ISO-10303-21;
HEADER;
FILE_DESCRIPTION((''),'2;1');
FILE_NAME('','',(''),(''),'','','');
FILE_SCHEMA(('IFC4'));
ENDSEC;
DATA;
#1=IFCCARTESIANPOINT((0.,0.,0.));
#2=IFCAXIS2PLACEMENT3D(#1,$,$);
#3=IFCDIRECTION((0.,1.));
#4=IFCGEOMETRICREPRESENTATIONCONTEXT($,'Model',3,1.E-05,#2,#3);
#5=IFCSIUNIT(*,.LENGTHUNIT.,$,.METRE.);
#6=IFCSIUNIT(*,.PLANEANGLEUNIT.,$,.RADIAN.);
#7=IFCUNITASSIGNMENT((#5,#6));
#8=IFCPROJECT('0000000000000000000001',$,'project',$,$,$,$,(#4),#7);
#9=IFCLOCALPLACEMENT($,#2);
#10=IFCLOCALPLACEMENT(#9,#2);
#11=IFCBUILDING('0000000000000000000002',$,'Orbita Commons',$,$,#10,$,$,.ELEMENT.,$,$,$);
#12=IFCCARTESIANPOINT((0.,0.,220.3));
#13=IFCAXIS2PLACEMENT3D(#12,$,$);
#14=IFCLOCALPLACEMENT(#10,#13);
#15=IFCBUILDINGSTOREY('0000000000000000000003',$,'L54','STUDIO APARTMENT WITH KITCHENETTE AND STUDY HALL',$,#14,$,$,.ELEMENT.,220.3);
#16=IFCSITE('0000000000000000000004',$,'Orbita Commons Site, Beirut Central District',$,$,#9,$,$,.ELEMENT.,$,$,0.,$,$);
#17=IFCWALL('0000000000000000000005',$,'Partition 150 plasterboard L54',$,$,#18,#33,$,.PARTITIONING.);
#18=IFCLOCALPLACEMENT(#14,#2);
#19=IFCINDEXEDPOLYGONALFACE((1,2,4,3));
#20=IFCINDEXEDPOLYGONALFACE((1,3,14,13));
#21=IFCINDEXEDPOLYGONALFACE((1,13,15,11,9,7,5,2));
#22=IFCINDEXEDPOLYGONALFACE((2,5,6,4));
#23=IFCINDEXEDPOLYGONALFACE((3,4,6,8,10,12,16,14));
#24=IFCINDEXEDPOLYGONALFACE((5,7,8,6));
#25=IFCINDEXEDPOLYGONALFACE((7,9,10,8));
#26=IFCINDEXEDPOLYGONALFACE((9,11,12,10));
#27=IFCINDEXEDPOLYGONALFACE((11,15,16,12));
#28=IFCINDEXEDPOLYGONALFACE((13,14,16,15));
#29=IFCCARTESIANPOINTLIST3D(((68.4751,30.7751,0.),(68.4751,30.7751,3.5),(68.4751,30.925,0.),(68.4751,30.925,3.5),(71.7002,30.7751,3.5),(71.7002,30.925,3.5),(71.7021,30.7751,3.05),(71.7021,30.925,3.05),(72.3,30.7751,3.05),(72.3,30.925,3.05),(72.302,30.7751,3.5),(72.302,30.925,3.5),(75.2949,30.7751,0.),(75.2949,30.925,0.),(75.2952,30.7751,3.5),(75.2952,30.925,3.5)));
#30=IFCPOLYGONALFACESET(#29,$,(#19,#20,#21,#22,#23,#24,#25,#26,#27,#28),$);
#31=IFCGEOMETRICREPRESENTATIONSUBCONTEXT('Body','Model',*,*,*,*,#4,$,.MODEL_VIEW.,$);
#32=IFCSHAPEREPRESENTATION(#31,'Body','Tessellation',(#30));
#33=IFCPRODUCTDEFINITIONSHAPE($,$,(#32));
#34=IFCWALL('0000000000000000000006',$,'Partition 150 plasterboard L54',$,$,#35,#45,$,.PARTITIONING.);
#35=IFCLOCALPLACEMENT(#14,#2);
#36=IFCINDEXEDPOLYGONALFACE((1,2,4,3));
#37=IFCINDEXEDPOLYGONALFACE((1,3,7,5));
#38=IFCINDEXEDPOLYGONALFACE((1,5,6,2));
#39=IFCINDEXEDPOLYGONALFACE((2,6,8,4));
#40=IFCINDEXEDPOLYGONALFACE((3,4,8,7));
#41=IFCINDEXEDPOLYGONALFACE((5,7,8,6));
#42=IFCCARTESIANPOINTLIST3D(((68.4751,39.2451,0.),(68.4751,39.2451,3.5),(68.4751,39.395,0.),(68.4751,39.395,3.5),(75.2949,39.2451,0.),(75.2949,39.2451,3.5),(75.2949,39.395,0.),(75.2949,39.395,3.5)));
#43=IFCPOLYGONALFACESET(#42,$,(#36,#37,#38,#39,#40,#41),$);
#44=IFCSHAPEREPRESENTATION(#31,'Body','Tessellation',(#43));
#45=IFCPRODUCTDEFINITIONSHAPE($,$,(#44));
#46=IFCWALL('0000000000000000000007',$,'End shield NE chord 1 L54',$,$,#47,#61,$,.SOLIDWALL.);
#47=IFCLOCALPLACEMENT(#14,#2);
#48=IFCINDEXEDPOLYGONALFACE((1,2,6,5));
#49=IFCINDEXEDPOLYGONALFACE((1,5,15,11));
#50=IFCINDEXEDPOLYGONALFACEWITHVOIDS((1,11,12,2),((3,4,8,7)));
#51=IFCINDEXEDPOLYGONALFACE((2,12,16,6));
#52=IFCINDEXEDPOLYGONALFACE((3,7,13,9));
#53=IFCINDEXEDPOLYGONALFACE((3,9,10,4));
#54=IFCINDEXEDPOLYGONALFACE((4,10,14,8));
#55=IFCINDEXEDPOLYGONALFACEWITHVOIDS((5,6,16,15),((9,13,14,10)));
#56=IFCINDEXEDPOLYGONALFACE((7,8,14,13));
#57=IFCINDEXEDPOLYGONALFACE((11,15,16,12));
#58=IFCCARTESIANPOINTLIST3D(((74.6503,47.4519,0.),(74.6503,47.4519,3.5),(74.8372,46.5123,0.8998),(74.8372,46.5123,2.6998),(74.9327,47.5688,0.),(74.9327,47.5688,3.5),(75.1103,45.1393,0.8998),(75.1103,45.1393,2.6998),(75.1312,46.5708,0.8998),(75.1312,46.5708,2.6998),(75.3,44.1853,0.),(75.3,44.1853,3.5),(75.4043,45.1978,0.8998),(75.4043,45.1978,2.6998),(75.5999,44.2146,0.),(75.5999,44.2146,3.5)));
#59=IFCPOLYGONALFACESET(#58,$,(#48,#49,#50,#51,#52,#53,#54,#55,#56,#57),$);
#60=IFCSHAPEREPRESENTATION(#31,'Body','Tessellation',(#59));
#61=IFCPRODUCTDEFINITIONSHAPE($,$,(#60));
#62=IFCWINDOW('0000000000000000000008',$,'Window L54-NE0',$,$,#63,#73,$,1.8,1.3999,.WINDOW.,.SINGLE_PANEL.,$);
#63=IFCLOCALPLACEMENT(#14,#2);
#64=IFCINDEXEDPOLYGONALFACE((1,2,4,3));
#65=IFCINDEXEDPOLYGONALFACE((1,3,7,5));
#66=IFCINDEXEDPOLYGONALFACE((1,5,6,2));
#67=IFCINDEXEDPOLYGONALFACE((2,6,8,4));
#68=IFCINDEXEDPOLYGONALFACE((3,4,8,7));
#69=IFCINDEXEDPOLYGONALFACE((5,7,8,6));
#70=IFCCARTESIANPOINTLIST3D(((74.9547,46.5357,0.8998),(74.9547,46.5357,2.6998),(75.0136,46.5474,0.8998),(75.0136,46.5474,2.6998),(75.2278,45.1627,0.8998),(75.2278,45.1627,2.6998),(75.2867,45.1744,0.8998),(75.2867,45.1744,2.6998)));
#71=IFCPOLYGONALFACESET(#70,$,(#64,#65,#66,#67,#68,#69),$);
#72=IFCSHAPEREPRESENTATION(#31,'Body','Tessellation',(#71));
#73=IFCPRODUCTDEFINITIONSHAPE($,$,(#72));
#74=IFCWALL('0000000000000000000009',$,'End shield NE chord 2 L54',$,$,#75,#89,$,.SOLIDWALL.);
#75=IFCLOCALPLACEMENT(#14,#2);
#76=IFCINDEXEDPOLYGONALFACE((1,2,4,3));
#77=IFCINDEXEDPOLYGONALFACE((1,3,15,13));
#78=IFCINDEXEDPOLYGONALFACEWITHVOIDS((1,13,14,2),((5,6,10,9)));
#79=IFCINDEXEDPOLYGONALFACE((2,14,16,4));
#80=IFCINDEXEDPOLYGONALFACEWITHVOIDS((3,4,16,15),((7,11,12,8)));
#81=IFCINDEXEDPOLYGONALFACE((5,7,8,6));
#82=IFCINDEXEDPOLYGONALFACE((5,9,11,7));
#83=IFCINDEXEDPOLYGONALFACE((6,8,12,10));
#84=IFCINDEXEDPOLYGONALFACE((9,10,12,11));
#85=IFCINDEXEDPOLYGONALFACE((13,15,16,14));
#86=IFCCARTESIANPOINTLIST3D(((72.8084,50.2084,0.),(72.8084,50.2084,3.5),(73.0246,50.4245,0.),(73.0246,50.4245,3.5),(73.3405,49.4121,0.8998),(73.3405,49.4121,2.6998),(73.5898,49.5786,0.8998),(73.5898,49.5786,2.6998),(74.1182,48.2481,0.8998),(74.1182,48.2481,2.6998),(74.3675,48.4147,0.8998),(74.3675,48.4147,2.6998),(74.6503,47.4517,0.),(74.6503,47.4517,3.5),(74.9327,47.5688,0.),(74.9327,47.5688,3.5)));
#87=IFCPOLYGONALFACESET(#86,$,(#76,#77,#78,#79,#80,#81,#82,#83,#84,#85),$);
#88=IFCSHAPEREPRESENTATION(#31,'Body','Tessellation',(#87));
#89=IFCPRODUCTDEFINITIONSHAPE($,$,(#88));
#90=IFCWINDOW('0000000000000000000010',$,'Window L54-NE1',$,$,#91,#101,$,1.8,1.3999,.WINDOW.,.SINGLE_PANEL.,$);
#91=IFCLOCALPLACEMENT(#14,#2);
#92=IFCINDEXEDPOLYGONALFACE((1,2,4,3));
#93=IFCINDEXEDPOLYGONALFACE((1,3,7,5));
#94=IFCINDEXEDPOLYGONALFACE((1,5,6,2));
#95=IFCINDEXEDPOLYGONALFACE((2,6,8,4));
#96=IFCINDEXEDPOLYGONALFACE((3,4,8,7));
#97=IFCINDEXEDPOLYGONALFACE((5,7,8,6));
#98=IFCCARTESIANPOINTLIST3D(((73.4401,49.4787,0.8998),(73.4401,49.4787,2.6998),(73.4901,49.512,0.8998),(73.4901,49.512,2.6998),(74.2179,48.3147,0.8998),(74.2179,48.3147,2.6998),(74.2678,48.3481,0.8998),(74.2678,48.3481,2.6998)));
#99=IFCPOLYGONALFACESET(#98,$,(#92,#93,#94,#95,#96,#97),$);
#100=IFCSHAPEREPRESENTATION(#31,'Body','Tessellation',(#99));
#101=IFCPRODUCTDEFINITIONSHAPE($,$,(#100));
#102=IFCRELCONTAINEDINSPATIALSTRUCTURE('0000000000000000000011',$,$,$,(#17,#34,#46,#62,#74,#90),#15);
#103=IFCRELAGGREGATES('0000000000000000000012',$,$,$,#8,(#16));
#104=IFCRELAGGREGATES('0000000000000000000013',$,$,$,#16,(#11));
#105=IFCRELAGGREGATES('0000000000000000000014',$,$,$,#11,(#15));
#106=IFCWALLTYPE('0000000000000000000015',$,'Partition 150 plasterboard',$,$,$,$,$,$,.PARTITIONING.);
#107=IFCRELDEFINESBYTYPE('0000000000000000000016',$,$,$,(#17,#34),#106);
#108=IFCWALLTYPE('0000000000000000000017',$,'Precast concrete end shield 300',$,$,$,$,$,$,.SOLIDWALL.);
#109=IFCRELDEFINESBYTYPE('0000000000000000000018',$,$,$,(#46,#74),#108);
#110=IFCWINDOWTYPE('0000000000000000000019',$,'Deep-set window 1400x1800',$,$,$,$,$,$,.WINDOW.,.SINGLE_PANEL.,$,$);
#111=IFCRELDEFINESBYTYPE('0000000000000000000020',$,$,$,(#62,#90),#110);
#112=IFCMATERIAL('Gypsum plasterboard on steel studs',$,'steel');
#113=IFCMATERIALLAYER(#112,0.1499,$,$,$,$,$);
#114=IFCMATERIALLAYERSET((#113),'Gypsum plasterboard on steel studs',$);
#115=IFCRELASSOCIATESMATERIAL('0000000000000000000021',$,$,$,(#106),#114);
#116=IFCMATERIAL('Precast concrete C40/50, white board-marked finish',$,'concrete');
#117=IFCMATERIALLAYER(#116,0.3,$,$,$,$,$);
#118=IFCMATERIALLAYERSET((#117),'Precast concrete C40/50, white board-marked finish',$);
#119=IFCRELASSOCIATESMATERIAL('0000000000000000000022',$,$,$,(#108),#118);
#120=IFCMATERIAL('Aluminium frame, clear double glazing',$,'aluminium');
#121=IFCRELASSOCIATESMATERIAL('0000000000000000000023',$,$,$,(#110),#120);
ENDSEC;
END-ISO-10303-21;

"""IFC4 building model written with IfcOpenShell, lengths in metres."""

from ifc_helpers import new_model, si_unit, direction, frame, frame_2d, origin, place, context, subcontext, project, spatial, polyline, rectangle, outline, extrude, material, layer, layer_set, type_object, element, fill, save


model = new_model("IFC4")

# Units and contexts
model_context = context("Model", 3, precision=1e-05, world=origin(), true_north=direction((0.0, 1.0)))
body_context = subcontext(model_context, "Body", "Model", "MODEL_VIEW")
ifc_project = project(units=[si_unit("LENGTHUNIT", "METRE"), si_unit("PLANEANGLEUNIT", "RADIAN")], contexts=[model_context])

# Site, building, storey
site_placement = place(None, origin())
site = spatial("IfcSite", under=ifc_project, at=site_placement, Name="Orbita Commons Site, Beirut Central District", CompositionType="ELEMENT", RefElevation=0.0)
building_placement = place(site_placement, origin())
building = spatial("IfcBuilding", under=site, at=building_placement, Name="Orbita Commons", CompositionType="ELEMENT")
storey_placement = place(building_placement, frame((0.0, 0.0, 220.3)))
storey = spatial("IfcBuildingStorey", under=building, at=storey_placement, Name="L54", Description="STUDIO APARTMENT WITH KITCHENETTE AND STUDY HALL", CompositionType="ELEMENT", Elevation=220.3)

# Walls
ifc_material_1 = material(Name="Gypsum plasterboard on steel studs", Category="steel")
ifc_layer_1 = layer(ifc_material_1, 0.1499)
ifc_layer_set_1 = layer_set([ifc_layer_1], Name="Gypsum plasterboard on steel studs")
wall_type_1 = type_object("IfcWallType", Name="Partition 150 plasterboard", PredefinedType="PARTITIONING", material=ifc_layer_set_1)
wall_1_placement = place(storey_placement, frame((68.4751, 30.8501, 0.0), z_axis=(0.0, 0.0, 1.0), x_axis=(1.0, 0.0, 0.0)))
element("IfcWall", 1, at=wall_1_placement, inside=storey, type_object=wall_type_1, Name="Partition 150 plasterboard L54", PredefinedType="PARTITIONING", context=body_context, shape_type="SweptSolid", body=[
    extrude(outline(polyline([(0.0, 0.0), (6.8198, 0.0), (6.8201, 3.5), (3.8269, 3.5), (3.825, 3.05), (3.2271, 3.05), (3.2251, 3.5), (0.0, 3.5), (0.0, 0.0)])), frame((0.0, 0.075, 0.0), z_axis=(0.0, -1.0, 0.0), x_axis=(1.0, 0.0, 0.0)), (0.0, 0.0, 1.0), 0.1499),
])
wall_2_placement = place(storey_placement, frame((68.4751, 39.3201, 0.0), z_axis=(0.0, 0.0, 1.0), x_axis=(1.0, 0.0, 0.0)))
element("IfcWall", 2, at=wall_2_placement, inside=storey, type_object=wall_type_1, Name="Partition 150 plasterboard L54", PredefinedType="PARTITIONING", context=body_context, shape_type="SweptSolid", body=[
    extrude(rectangle(XDim=6.8198, YDim=0.1499, at=frame_2d((3.4099, 0.0))), origin(), (0.0, 0.0, 1.0), 3.5),
])

# Walls, openings, windows
ifc_material_2 = material(Name="Precast concrete C40/50, white board-marked finish", Category="concrete")
ifc_layer_2 = layer(ifc_material_2, 0.3)
ifc_layer_set_2 = layer_set([ifc_layer_2], Name="Precast concrete C40/50, white board-marked finish")
wall_type_2 = type_object("IfcWallType", Name="Precast concrete end shield 300", PredefinedType="SOLIDWALL", material=ifc_layer_set_2)
wall_3_placement = place(storey_placement, frame((75.45, 44.2, 0.0), z_axis=(0.0, 0.0, 1.0), x_axis=(-0.195087, 0.980786, 0.0)))
wall_3 = element("IfcWall", 3, at=wall_3_placement, inside=storey, type_object=wall_type_2, Name="End shield NE chord 1 L54", PredefinedType="SOLIDWALL", context=body_context, shape_type="SweptSolid", body=[
    extrude(outline(polyline([(-0.0149, -0.1499), (3.405, -0.1499), (3.3455, 0.1499), (0.0149, 0.1499), (-0.0149, -0.1499)])), origin(), (0.0, 0.0, 1.0), 3.5),
])
opening_1_placement = place(wall_3_placement, frame((0.9875, 0.0, 0.8999)))
opening_1 = element("IfcOpeningElement", 4, at=opening_1_placement, cuts=wall_3, PredefinedType="OPENING", context=body_context, shape_type="SweptSolid", body=[
    extrude(rectangle(XDim=1.3999, YDim=1.8, at=frame_2d((0.7, 0.8999))), frame((0.0, 0.1599, 0.0), z_axis=(0.0, -1.0, 0.0), x_axis=(1.0, 0.0, 0.0)), (0.0, 0.0, 1.0), 0.3201),
])
ifc_material_3 = material(Name="Aluminium frame, clear double glazing", Category="aluminium")
window_type = type_object("IfcWindowType", Name="Deep-set window 1400x1800", PartitioningType="SINGLE_PANEL", PredefinedType="WINDOW", material=ifc_material_3)
window_1_placement = place(opening_1_placement, origin())
window_1 = element("IfcWindow", 5, at=window_1_placement, inside=storey, type_object=window_type, Name="Window L54-NE0", OverallHeight=1.8, OverallWidth=1.3999, PartitioningType="SINGLE_PANEL", PredefinedType="WINDOW", context=body_context, shape_type="SweptSolid", body=[
    extrude(rectangle(XDim=1.3999, YDim=1.8, at=frame_2d((0.7, 0.8999))), frame((0.0, 0.03, 0.0), z_axis=(0.0, -1.0, 0.0), x_axis=(1.0, 0.0, 0.0)), (0.0, 0.0, 1.0), 0.0601),
])
fill(opening_1, window_1)
wall_4_placement = place(storey_placement, frame((74.7915, 47.5103, 0.0), z_axis=(0.0, 0.0, 1.0), x_axis=(-0.555568, 0.831471, 0.0)))
wall_4 = element("IfcWall", 6, at=wall_4_placement, inside=storey, type_object=wall_type_2, Name="End shield NE chord 2 L54", PredefinedType="SOLIDWALL", context=body_context, shape_type="SweptSolid", body=[
    extrude(outline(polyline([(-0.0298, -0.1499), (3.4048, -0.1499), (3.3452, 0.1499), (0.0298, 0.1499), (-0.0298, -0.1499)])), origin(), (0.0, 0.0, 1.0), 3.5),
])
opening_2_placement = place(wall_4_placement, frame((0.9875, 0.0, 0.8999)))
opening_2 = element("IfcOpeningElement", 7, at=opening_2_placement, cuts=wall_4, PredefinedType="OPENING", context=body_context, shape_type="SweptSolid", body=[
    extrude(rectangle(XDim=1.3999, YDim=1.8, at=frame_2d((0.7, 0.8999))), frame((0.0, 0.1599, 0.0), z_axis=(0.0, -1.0, 0.0), x_axis=(1.0, 0.0, 0.0)), (0.0, 0.0, 1.0), 0.3201),
])
window_2_placement = place(opening_2_placement, origin())
window_2 = element("IfcWindow", 8, at=window_2_placement, inside=storey, type_object=window_type, Name="Window L54-NE1", OverallHeight=1.8, OverallWidth=1.3999, PartitioningType="SINGLE_PANEL", PredefinedType="WINDOW", context=body_context, shape_type="SweptSolid", body=[
    extrude(rectangle(XDim=1.3999, YDim=1.8, at=frame_2d((0.7, 0.8999))), frame((0.0, 0.03, 0.0), z_axis=(0.0, -1.0, 0.0), x_axis=(1.0, 0.0, 0.0)), (0.0, 0.0, 1.0), 0.0601),
])
fill(opening_2, window_2)

save(model, "model.ifc")
